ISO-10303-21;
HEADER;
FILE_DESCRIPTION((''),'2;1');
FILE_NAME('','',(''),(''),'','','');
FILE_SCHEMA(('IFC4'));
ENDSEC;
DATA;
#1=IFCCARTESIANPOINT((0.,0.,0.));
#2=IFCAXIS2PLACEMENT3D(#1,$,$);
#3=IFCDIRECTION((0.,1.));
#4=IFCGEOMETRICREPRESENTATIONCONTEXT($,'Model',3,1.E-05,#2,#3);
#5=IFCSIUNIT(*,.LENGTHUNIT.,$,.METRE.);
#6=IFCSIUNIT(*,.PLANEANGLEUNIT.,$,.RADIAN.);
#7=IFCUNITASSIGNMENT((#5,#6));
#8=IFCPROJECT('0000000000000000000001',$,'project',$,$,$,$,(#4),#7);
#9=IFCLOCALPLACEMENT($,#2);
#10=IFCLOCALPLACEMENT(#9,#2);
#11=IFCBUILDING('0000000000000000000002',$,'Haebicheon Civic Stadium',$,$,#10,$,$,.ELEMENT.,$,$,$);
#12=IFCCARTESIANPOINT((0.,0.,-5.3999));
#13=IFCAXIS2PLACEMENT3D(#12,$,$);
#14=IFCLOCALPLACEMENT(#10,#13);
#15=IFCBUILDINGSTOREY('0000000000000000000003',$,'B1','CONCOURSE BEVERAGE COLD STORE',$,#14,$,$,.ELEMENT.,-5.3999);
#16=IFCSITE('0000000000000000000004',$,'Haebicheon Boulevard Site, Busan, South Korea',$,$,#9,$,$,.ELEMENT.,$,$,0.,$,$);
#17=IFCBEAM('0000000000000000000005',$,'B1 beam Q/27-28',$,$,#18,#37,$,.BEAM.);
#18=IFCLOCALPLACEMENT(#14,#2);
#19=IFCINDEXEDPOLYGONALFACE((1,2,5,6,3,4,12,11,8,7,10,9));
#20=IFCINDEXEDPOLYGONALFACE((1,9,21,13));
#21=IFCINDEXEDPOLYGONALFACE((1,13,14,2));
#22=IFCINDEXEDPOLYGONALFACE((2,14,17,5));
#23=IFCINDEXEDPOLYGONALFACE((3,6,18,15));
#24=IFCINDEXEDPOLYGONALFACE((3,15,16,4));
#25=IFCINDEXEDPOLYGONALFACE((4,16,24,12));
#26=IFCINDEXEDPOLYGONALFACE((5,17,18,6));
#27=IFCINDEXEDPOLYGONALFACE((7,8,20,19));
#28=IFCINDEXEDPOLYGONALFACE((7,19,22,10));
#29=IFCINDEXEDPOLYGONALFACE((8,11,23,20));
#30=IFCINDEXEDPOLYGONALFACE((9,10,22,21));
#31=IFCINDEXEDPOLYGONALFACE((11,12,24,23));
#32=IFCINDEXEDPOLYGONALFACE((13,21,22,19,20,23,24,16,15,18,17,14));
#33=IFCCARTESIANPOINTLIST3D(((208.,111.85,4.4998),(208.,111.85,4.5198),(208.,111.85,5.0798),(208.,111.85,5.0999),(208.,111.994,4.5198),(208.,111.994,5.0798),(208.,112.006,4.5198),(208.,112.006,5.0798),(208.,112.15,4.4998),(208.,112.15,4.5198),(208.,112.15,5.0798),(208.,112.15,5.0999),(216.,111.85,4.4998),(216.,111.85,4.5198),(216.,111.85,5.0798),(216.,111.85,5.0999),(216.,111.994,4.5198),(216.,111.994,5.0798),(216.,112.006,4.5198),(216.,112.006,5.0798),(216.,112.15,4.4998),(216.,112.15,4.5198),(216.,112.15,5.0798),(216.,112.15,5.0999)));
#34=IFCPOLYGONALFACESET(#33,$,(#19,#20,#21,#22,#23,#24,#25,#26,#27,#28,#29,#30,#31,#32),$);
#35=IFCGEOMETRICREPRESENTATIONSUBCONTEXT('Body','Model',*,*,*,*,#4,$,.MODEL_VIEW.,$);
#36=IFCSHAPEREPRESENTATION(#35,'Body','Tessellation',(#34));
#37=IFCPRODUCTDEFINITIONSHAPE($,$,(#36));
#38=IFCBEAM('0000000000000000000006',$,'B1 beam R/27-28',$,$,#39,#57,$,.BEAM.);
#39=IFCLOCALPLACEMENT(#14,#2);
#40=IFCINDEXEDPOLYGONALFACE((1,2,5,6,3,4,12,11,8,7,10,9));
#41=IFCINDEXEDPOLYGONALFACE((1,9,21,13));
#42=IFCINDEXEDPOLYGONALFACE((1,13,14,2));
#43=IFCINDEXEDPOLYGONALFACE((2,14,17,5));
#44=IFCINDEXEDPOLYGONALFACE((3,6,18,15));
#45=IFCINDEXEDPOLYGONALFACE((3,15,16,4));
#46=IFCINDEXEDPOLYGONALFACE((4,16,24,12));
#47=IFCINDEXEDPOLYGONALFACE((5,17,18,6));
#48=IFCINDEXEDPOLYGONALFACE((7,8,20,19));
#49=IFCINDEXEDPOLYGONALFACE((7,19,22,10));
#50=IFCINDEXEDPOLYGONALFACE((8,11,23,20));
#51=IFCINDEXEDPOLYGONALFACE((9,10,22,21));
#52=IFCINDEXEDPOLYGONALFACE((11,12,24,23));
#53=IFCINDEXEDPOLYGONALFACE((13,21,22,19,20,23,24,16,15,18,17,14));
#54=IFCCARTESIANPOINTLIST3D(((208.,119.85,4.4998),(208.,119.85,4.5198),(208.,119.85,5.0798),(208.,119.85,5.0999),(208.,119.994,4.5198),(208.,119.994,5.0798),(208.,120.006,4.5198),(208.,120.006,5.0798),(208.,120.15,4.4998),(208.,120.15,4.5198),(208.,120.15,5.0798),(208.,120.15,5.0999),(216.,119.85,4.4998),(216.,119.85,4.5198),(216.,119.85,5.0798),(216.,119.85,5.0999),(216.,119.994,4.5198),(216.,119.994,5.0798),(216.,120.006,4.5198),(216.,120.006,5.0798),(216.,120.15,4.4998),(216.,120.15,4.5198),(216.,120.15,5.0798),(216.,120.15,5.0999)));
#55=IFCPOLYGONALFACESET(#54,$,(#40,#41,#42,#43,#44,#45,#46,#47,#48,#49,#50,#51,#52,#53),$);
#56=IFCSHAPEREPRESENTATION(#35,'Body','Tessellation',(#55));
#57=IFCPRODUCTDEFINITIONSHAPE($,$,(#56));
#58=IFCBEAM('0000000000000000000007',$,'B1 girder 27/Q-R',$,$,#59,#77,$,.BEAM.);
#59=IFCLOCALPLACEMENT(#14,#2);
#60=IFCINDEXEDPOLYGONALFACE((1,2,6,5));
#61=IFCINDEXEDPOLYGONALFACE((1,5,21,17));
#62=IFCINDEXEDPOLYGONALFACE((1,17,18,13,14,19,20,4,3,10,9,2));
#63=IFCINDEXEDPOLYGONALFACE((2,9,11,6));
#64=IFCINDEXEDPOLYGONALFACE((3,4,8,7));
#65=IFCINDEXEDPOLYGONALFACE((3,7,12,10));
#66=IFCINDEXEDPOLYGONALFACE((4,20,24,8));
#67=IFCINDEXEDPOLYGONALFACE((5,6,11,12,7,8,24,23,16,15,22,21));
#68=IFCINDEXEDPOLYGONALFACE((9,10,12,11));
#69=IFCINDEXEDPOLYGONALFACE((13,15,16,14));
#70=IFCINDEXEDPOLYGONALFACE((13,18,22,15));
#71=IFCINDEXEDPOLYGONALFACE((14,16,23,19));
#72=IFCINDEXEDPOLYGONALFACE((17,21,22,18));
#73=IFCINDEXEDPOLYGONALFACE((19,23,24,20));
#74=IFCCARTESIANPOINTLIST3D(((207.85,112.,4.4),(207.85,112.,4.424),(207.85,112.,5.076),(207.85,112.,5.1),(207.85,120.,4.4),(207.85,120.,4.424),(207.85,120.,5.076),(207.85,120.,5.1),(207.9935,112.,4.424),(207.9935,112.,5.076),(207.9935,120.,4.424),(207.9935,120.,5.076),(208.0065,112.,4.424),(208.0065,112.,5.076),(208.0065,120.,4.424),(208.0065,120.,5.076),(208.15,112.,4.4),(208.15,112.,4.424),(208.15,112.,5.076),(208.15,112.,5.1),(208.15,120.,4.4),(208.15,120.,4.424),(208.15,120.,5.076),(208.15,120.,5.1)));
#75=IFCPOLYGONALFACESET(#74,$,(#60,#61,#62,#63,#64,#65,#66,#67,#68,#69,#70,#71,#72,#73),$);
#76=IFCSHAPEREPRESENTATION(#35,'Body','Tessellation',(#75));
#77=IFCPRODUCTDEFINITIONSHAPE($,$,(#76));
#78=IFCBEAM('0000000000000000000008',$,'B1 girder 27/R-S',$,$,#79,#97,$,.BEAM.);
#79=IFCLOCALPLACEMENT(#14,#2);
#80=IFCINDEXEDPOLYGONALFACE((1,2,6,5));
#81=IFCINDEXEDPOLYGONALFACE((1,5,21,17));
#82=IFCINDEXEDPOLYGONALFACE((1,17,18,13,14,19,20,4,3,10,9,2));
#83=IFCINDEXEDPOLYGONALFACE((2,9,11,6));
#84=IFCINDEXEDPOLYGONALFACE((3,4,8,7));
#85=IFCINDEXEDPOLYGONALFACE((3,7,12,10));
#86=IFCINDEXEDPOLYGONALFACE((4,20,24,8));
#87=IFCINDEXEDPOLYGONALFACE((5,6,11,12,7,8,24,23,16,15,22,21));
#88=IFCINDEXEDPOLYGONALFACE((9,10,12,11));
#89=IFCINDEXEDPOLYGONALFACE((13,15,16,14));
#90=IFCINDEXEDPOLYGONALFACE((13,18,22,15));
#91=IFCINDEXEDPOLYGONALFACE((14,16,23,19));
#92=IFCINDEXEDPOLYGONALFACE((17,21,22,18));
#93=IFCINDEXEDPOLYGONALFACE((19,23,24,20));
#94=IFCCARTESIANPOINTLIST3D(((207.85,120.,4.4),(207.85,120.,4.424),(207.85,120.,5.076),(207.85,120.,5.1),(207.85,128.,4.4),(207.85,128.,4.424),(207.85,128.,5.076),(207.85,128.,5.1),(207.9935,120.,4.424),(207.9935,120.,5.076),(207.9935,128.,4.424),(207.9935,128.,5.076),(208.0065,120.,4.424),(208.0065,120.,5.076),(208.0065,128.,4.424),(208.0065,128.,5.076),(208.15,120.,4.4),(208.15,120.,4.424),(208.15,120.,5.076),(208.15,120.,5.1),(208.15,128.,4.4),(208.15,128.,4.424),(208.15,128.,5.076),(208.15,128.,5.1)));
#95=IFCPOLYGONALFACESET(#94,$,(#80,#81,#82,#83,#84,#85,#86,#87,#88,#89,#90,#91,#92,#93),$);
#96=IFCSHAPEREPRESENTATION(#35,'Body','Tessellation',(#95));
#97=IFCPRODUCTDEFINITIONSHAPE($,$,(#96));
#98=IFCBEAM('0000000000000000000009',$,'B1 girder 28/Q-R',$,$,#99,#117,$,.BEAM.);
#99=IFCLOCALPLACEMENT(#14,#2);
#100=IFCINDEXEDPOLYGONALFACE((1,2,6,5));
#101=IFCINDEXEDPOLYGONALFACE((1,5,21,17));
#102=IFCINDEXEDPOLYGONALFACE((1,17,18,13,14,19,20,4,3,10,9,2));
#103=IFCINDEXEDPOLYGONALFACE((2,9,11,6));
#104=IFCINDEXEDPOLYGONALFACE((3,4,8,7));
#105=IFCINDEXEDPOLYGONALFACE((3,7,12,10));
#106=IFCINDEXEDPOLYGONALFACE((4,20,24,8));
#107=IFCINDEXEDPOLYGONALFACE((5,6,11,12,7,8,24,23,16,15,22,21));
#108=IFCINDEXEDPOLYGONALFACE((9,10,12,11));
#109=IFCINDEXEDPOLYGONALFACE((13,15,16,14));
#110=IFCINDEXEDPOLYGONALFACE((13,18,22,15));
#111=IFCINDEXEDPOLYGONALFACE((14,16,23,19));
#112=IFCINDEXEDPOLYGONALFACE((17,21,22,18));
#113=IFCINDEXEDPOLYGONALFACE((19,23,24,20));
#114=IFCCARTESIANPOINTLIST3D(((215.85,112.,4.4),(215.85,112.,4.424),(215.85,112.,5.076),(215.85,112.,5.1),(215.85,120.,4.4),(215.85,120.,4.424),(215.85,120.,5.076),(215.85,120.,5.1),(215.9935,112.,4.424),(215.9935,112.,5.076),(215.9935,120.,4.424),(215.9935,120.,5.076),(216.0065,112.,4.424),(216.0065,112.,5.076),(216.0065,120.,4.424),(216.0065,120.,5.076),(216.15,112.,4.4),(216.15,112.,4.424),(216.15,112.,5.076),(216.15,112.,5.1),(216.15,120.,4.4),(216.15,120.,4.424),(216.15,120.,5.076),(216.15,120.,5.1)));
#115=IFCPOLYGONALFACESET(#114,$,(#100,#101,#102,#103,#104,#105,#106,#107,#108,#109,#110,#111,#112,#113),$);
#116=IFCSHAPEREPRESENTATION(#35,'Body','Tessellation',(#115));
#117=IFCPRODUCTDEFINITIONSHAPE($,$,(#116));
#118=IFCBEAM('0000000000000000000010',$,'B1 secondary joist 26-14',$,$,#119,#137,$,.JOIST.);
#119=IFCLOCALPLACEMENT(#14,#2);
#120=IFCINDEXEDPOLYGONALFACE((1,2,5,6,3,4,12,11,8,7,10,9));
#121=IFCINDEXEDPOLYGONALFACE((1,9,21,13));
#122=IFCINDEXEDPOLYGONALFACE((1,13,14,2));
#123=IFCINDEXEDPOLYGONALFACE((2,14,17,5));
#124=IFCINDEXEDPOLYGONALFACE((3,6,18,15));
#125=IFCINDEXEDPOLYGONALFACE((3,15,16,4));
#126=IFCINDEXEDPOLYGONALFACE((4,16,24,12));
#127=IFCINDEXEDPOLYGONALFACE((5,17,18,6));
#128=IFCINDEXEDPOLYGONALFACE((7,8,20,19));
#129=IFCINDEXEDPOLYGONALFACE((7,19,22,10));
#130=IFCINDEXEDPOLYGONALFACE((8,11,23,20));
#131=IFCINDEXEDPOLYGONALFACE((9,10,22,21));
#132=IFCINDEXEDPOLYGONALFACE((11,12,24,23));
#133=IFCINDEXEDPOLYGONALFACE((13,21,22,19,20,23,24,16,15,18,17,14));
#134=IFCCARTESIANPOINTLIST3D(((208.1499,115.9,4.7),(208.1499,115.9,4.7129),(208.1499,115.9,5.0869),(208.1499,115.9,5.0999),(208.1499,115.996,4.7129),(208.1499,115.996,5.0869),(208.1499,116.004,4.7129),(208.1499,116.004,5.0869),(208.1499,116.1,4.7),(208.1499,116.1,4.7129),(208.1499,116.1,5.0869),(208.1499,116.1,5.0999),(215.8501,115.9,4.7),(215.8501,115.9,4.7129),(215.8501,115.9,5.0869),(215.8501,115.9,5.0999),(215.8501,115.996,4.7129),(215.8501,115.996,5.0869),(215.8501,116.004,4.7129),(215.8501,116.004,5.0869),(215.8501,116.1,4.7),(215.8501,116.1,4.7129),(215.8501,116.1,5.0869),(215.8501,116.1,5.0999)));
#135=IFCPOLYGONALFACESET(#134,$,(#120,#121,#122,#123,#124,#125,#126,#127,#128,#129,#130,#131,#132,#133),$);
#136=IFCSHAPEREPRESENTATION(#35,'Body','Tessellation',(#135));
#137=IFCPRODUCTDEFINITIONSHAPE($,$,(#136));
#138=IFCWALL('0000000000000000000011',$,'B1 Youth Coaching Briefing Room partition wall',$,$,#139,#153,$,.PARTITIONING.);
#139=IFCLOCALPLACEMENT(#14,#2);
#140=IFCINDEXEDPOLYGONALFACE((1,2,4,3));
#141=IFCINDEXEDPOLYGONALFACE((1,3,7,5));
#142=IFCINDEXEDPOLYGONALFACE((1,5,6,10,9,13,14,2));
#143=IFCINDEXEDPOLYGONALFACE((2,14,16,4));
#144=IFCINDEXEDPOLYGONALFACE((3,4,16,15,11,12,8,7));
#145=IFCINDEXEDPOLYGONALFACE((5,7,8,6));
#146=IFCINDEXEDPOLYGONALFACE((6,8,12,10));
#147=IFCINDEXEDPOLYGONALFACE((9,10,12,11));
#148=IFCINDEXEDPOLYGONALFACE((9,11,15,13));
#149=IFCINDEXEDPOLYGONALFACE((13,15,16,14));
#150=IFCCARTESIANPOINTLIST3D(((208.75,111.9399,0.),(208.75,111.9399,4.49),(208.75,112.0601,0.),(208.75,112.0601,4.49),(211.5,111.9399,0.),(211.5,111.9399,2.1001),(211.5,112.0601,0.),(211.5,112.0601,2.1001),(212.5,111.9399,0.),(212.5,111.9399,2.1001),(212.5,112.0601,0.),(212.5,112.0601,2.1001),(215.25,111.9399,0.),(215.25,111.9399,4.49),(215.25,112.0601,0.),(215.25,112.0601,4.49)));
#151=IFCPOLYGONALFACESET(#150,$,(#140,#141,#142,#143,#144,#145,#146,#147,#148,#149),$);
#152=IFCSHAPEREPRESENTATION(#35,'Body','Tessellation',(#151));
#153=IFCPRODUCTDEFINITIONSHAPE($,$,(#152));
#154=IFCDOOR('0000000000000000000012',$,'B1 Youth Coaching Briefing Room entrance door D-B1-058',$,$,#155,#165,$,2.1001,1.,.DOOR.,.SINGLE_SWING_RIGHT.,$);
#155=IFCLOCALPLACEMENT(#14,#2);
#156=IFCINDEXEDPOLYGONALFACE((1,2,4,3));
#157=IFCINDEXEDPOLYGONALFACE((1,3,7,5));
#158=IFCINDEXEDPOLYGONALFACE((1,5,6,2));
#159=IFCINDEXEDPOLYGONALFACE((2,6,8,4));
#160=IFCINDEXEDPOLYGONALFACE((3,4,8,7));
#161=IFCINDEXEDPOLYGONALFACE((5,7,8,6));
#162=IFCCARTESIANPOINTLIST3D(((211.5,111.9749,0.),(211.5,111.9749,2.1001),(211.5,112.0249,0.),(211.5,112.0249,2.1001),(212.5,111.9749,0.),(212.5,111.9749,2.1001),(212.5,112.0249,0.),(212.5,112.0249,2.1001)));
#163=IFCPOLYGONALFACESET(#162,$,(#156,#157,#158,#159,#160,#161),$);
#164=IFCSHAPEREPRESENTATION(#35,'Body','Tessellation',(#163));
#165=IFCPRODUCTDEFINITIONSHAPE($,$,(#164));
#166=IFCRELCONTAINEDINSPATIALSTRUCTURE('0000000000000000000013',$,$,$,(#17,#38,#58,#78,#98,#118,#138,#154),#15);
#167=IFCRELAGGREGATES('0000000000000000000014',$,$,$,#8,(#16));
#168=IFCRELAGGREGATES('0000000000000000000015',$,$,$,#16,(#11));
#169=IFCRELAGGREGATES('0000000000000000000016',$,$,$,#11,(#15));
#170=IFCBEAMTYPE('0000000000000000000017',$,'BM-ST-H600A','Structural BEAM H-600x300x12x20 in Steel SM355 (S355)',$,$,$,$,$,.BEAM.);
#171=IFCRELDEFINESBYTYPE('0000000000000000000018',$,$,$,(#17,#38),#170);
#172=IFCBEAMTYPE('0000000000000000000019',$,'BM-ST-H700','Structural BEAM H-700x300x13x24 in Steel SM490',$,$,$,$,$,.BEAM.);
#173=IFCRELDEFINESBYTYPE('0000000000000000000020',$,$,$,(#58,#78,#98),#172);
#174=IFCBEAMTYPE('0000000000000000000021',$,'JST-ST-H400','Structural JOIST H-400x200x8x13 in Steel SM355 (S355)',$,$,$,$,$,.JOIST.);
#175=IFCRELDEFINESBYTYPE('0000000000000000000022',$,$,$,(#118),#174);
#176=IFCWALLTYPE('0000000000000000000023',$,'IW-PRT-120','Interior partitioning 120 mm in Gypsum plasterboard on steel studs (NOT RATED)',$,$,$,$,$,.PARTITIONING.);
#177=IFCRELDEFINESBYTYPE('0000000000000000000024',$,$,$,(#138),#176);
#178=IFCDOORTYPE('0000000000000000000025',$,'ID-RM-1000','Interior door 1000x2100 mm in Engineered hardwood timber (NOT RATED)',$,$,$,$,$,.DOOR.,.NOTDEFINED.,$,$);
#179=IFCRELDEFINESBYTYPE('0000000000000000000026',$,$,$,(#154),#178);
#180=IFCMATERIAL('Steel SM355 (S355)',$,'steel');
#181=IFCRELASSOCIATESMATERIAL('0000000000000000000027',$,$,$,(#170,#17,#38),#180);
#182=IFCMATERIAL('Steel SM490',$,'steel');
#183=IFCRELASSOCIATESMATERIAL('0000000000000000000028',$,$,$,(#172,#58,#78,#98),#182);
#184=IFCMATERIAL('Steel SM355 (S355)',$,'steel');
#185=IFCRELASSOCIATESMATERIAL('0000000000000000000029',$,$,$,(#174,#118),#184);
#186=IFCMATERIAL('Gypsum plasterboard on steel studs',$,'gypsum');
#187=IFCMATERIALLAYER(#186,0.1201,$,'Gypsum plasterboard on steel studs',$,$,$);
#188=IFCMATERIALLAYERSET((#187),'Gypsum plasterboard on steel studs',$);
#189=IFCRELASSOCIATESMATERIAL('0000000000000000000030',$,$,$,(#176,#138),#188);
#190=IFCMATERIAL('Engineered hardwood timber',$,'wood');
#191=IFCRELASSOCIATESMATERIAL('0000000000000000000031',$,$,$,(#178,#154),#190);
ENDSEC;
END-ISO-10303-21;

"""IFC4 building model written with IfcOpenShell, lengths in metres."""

from ifc_helpers import new_model, si_unit, direction, frame, frame_2d, origin, origin_2d, place, context, subcontext, project, spatial, rectangle, i_section, extrude, material, layer, layer_set, material_profile, profile_set, type_object, element, fill, save


model = new_model("IFC4")

# Units and contexts
model_context = context("Model", 3, precision=1e-05, world=origin(), true_north=direction((0.0, 1.0)))
body_context = subcontext(model_context, "Body", "Model", "MODEL_VIEW")
ifc_project = project(units=[si_unit("LENGTHUNIT", "METRE"), si_unit("PLANEANGLEUNIT", "RADIAN")], contexts=[model_context])

# Site, building, storey
site_placement = place(None, origin())
site = spatial("IfcSite", under=ifc_project, at=site_placement, Name="Haebicheon Boulevard Site, Busan, South Korea", CompositionType="ELEMENT", RefElevation=0.0)
building_placement = place(site_placement, origin())
building = spatial("IfcBuilding", under=site, at=building_placement, Name="Haebicheon Civic Stadium", CompositionType="ELEMENT")
storey_placement = place(building_placement, frame((0.0, 0.0, -5.3999)))
storey = spatial("IfcBuildingStorey", under=building, at=storey_placement, Name="B1", Description="CONCOURSE BEVERAGE COLD STORE", CompositionType="ELEMENT", Elevation=-5.3999)

# Beams
ifc_material_1 = material(Name="Steel SM355 (S355)", Category="steel")
ifc_material_profile_1 = material_profile(ifc_material_1, i_section(OverallWidth=0.3, OverallDepth=0.6001, WebThickness=0.012, FlangeThickness=0.02, at=origin_2d()), Name="H-600x300x12x20")
ifc_profile_set_1 = profile_set([ifc_material_profile_1], Name="Steel SM355 (S355)")
beam_type_1 = type_object("IfcBeamType", Name="BM-ST-H600A", Description="Structural BEAM H-600x300x12x20 in Steel SM355 (S355)", PredefinedType="BEAM", material=ifc_profile_set_1)
for number, where, z_axis, x_axis, name in (
    (1, (208.0, 112.0, 4.7998), (1.0, 0.0, 0.0), (0.0, 1.0, 0.0), "B1 beam Q/27-28"),
    (2, (208.0, 120.0, 4.7998), (1.0, 0.0, 0.0), (0.0, 1.0, 0.0), "B1 beam R/27-28"),
):
    element("IfcBeam", number, at=place(storey_placement, frame(where, z_axis=z_axis, x_axis=x_axis)), inside=storey, type_object=beam_type_1, material=ifc_profile_set_1, Name=name, PredefinedType="BEAM", context=body_context, shape_type="SweptSolid", body=[
        extrude(i_section(OverallWidth=0.3, OverallDepth=0.6001, WebThickness=0.012, FlangeThickness=0.02, at=origin_2d()), origin(), (0.0, 0.0, 1.0), 8.0),
    ])
ifc_material_2 = material(Name="Steel SM490", Category="steel")
ifc_material_profile_2 = material_profile(ifc_material_2, i_section(OverallWidth=0.3, OverallDepth=0.7, WebThickness=0.0129, FlangeThickness=0.0239, at=origin_2d()), Name="H-700x300x13x24")
ifc_profile_set_2 = profile_set([ifc_material_profile_2], Name="Steel SM490")
beam_type_2 = type_object("IfcBeamType", Name="BM-ST-H700", Description="Structural BEAM H-700x300x13x24 in Steel SM490", PredefinedType="BEAM", material=ifc_profile_set_2)
for number, where, z_axis, x_axis, name in (
    (3, (208.0, 112.0, 4.75), (0.0, 1.0, 0.0), (-1.0, 0.0, 0.0), "B1 girder 27/Q-R"),
    (4, (208.0, 120.0, 4.75), (0.0, 1.0, 0.0), (-1.0, 0.0, 0.0), "B1 girder 27/R-S"),
    (5, (216.0, 112.0, 4.75), (0.0, 1.0, 0.0), (-1.0, 0.0, 0.0), "B1 girder 28/Q-R"),
):
    element("IfcBeam", number, at=place(storey_placement, frame(where, z_axis=z_axis, x_axis=x_axis)), inside=storey, type_object=beam_type_2, material=ifc_profile_set_2, Name=name, PredefinedType="BEAM", context=body_context, shape_type="SweptSolid", body=[
        extrude(i_section(OverallWidth=0.3, OverallDepth=0.7, WebThickness=0.0129, FlangeThickness=0.0239, at=origin_2d()), origin(), (0.0, 0.0, 1.0), 8.0),
    ])
ifc_material_3 = material(Name="Steel SM355 (S355)", Category="steel")
ifc_material_profile_3 = material_profile(ifc_material_3, i_section(OverallWidth=0.2, OverallDepth=0.3999, WebThickness=0.0081, FlangeThickness=0.0129, at=origin_2d()), Name="H-400x200x8x13")
ifc_profile_set_3 = profile_set([ifc_material_profile_3], Name="Steel SM355 (S355)")
beam_type_3 = type_object("IfcBeamType", Name="JST-ST-H400", Description="Structural JOIST H-400x200x8x13 in Steel SM355 (S355)", PredefinedType="JOIST", material=ifc_profile_set_3)
beam_placement = place(storey_placement, frame((208.1499, 116.0, 4.8999), z_axis=(1.0, 0.0, 0.0), x_axis=(0.0, 1.0, 0.0)))
element("IfcBeam", 6, at=beam_placement, inside=storey, type_object=beam_type_3, material=ifc_profile_set_3, Name="B1 secondary joist 26-14", PredefinedType="JOIST", context=body_context, shape_type="SweptSolid", body=[
    extrude(i_section(OverallWidth=0.2, OverallDepth=0.3999, WebThickness=0.0081, FlangeThickness=0.0129, at=origin_2d()), origin(), (0.0, 0.0, 1.0), 7.7002),
])

# Wall, opening, door
ifc_material_4 = material(Name="Gypsum plasterboard on steel studs", Category="gypsum")
ifc_layer_1 = layer(ifc_material_4, 0.1201, Name="Gypsum plasterboard on steel studs")
ifc_layer_set_1 = layer_set([ifc_layer_1], Name="Gypsum plasterboard on steel studs")
wall_type_1 = type_object("IfcWallType", Name="IW-PRT-120", Description="Interior partitioning 120 mm in Gypsum plasterboard on steel studs (NOT RATED)", PredefinedType="PARTITIONING", material=ifc_layer_set_1)
wall_1_placement = place(storey_placement, frame((208.75, 112.0, 0.0), z_axis=(0.0, 0.0, 1.0), x_axis=(1.0, 0.0, 0.0)))
wall_1 = element("IfcWall", 7, at=wall_1_placement, inside=storey, type_object=wall_type_1, material=ifc_layer_set_1, Name="B1 Youth Coaching Briefing Room partition wall", PredefinedType="PARTITIONING", context=body_context, shape_type="SweptSolid", body=[
    extrude(rectangle(XDim=6.5, YDim=0.1201, at=frame_2d((3.25, 0.0))), origin(), (0.0, 0.0, 1.0), 4.49),
])
opening_1_placement = place(wall_1_placement, frame((2.75, 0.0, 0.0)))
opening_1 = element("IfcOpeningElement", 8, at=opening_1_placement, cuts=wall_1, PredefinedType="OPENING", context=body_context, shape_type="SweptSolid", body=[
    extrude(rectangle(XDim=1.0, YDim=2.1001, at=frame_2d((0.5, 1.05))), frame((0.0, 0.0701, 0.0), z_axis=(0.0, -1.0, 0.0), x_axis=(1.0, 0.0, 0.0)), (0.0, 0.0, 1.0), 0.1401),
])
ifc_material_5 = material(Name="Engineered hardwood timber", Category="wood")
door_type_1 = type_object("IfcDoorType", Name="ID-RM-1000", Description="Interior door 1000x2100 mm in Engineered hardwood timber (NOT RATED)", OperationType="NOTDEFINED", PredefinedType="DOOR", material=ifc_material_5)
door_1_placement = place(opening_1_placement, origin())
door_1 = element("IfcDoor", 9, at=door_1_placement, inside=storey, type_object=door_type_1, material=ifc_material_5, Name="B1 Youth Coaching Briefing Room entrance door D-B1-058", OperationType="SINGLE_SWING_RIGHT", OverallHeight=2.1001, OverallWidth=1.0, PredefinedType="DOOR", context=body_context, shape_type="SweptSolid", body=[
    extrude(rectangle(XDim=1.0, YDim=2.1001, at=frame_2d((0.5, 1.05))), frame((0.0, 0.0249, 0.0), z_axis=(0.0, -1.0, 0.0), x_axis=(1.0, 0.0, 0.0)), (0.0, 0.0, 1.0), 0.05),
])
fill(opening_1, door_1)

save(model, "model.ifc")
